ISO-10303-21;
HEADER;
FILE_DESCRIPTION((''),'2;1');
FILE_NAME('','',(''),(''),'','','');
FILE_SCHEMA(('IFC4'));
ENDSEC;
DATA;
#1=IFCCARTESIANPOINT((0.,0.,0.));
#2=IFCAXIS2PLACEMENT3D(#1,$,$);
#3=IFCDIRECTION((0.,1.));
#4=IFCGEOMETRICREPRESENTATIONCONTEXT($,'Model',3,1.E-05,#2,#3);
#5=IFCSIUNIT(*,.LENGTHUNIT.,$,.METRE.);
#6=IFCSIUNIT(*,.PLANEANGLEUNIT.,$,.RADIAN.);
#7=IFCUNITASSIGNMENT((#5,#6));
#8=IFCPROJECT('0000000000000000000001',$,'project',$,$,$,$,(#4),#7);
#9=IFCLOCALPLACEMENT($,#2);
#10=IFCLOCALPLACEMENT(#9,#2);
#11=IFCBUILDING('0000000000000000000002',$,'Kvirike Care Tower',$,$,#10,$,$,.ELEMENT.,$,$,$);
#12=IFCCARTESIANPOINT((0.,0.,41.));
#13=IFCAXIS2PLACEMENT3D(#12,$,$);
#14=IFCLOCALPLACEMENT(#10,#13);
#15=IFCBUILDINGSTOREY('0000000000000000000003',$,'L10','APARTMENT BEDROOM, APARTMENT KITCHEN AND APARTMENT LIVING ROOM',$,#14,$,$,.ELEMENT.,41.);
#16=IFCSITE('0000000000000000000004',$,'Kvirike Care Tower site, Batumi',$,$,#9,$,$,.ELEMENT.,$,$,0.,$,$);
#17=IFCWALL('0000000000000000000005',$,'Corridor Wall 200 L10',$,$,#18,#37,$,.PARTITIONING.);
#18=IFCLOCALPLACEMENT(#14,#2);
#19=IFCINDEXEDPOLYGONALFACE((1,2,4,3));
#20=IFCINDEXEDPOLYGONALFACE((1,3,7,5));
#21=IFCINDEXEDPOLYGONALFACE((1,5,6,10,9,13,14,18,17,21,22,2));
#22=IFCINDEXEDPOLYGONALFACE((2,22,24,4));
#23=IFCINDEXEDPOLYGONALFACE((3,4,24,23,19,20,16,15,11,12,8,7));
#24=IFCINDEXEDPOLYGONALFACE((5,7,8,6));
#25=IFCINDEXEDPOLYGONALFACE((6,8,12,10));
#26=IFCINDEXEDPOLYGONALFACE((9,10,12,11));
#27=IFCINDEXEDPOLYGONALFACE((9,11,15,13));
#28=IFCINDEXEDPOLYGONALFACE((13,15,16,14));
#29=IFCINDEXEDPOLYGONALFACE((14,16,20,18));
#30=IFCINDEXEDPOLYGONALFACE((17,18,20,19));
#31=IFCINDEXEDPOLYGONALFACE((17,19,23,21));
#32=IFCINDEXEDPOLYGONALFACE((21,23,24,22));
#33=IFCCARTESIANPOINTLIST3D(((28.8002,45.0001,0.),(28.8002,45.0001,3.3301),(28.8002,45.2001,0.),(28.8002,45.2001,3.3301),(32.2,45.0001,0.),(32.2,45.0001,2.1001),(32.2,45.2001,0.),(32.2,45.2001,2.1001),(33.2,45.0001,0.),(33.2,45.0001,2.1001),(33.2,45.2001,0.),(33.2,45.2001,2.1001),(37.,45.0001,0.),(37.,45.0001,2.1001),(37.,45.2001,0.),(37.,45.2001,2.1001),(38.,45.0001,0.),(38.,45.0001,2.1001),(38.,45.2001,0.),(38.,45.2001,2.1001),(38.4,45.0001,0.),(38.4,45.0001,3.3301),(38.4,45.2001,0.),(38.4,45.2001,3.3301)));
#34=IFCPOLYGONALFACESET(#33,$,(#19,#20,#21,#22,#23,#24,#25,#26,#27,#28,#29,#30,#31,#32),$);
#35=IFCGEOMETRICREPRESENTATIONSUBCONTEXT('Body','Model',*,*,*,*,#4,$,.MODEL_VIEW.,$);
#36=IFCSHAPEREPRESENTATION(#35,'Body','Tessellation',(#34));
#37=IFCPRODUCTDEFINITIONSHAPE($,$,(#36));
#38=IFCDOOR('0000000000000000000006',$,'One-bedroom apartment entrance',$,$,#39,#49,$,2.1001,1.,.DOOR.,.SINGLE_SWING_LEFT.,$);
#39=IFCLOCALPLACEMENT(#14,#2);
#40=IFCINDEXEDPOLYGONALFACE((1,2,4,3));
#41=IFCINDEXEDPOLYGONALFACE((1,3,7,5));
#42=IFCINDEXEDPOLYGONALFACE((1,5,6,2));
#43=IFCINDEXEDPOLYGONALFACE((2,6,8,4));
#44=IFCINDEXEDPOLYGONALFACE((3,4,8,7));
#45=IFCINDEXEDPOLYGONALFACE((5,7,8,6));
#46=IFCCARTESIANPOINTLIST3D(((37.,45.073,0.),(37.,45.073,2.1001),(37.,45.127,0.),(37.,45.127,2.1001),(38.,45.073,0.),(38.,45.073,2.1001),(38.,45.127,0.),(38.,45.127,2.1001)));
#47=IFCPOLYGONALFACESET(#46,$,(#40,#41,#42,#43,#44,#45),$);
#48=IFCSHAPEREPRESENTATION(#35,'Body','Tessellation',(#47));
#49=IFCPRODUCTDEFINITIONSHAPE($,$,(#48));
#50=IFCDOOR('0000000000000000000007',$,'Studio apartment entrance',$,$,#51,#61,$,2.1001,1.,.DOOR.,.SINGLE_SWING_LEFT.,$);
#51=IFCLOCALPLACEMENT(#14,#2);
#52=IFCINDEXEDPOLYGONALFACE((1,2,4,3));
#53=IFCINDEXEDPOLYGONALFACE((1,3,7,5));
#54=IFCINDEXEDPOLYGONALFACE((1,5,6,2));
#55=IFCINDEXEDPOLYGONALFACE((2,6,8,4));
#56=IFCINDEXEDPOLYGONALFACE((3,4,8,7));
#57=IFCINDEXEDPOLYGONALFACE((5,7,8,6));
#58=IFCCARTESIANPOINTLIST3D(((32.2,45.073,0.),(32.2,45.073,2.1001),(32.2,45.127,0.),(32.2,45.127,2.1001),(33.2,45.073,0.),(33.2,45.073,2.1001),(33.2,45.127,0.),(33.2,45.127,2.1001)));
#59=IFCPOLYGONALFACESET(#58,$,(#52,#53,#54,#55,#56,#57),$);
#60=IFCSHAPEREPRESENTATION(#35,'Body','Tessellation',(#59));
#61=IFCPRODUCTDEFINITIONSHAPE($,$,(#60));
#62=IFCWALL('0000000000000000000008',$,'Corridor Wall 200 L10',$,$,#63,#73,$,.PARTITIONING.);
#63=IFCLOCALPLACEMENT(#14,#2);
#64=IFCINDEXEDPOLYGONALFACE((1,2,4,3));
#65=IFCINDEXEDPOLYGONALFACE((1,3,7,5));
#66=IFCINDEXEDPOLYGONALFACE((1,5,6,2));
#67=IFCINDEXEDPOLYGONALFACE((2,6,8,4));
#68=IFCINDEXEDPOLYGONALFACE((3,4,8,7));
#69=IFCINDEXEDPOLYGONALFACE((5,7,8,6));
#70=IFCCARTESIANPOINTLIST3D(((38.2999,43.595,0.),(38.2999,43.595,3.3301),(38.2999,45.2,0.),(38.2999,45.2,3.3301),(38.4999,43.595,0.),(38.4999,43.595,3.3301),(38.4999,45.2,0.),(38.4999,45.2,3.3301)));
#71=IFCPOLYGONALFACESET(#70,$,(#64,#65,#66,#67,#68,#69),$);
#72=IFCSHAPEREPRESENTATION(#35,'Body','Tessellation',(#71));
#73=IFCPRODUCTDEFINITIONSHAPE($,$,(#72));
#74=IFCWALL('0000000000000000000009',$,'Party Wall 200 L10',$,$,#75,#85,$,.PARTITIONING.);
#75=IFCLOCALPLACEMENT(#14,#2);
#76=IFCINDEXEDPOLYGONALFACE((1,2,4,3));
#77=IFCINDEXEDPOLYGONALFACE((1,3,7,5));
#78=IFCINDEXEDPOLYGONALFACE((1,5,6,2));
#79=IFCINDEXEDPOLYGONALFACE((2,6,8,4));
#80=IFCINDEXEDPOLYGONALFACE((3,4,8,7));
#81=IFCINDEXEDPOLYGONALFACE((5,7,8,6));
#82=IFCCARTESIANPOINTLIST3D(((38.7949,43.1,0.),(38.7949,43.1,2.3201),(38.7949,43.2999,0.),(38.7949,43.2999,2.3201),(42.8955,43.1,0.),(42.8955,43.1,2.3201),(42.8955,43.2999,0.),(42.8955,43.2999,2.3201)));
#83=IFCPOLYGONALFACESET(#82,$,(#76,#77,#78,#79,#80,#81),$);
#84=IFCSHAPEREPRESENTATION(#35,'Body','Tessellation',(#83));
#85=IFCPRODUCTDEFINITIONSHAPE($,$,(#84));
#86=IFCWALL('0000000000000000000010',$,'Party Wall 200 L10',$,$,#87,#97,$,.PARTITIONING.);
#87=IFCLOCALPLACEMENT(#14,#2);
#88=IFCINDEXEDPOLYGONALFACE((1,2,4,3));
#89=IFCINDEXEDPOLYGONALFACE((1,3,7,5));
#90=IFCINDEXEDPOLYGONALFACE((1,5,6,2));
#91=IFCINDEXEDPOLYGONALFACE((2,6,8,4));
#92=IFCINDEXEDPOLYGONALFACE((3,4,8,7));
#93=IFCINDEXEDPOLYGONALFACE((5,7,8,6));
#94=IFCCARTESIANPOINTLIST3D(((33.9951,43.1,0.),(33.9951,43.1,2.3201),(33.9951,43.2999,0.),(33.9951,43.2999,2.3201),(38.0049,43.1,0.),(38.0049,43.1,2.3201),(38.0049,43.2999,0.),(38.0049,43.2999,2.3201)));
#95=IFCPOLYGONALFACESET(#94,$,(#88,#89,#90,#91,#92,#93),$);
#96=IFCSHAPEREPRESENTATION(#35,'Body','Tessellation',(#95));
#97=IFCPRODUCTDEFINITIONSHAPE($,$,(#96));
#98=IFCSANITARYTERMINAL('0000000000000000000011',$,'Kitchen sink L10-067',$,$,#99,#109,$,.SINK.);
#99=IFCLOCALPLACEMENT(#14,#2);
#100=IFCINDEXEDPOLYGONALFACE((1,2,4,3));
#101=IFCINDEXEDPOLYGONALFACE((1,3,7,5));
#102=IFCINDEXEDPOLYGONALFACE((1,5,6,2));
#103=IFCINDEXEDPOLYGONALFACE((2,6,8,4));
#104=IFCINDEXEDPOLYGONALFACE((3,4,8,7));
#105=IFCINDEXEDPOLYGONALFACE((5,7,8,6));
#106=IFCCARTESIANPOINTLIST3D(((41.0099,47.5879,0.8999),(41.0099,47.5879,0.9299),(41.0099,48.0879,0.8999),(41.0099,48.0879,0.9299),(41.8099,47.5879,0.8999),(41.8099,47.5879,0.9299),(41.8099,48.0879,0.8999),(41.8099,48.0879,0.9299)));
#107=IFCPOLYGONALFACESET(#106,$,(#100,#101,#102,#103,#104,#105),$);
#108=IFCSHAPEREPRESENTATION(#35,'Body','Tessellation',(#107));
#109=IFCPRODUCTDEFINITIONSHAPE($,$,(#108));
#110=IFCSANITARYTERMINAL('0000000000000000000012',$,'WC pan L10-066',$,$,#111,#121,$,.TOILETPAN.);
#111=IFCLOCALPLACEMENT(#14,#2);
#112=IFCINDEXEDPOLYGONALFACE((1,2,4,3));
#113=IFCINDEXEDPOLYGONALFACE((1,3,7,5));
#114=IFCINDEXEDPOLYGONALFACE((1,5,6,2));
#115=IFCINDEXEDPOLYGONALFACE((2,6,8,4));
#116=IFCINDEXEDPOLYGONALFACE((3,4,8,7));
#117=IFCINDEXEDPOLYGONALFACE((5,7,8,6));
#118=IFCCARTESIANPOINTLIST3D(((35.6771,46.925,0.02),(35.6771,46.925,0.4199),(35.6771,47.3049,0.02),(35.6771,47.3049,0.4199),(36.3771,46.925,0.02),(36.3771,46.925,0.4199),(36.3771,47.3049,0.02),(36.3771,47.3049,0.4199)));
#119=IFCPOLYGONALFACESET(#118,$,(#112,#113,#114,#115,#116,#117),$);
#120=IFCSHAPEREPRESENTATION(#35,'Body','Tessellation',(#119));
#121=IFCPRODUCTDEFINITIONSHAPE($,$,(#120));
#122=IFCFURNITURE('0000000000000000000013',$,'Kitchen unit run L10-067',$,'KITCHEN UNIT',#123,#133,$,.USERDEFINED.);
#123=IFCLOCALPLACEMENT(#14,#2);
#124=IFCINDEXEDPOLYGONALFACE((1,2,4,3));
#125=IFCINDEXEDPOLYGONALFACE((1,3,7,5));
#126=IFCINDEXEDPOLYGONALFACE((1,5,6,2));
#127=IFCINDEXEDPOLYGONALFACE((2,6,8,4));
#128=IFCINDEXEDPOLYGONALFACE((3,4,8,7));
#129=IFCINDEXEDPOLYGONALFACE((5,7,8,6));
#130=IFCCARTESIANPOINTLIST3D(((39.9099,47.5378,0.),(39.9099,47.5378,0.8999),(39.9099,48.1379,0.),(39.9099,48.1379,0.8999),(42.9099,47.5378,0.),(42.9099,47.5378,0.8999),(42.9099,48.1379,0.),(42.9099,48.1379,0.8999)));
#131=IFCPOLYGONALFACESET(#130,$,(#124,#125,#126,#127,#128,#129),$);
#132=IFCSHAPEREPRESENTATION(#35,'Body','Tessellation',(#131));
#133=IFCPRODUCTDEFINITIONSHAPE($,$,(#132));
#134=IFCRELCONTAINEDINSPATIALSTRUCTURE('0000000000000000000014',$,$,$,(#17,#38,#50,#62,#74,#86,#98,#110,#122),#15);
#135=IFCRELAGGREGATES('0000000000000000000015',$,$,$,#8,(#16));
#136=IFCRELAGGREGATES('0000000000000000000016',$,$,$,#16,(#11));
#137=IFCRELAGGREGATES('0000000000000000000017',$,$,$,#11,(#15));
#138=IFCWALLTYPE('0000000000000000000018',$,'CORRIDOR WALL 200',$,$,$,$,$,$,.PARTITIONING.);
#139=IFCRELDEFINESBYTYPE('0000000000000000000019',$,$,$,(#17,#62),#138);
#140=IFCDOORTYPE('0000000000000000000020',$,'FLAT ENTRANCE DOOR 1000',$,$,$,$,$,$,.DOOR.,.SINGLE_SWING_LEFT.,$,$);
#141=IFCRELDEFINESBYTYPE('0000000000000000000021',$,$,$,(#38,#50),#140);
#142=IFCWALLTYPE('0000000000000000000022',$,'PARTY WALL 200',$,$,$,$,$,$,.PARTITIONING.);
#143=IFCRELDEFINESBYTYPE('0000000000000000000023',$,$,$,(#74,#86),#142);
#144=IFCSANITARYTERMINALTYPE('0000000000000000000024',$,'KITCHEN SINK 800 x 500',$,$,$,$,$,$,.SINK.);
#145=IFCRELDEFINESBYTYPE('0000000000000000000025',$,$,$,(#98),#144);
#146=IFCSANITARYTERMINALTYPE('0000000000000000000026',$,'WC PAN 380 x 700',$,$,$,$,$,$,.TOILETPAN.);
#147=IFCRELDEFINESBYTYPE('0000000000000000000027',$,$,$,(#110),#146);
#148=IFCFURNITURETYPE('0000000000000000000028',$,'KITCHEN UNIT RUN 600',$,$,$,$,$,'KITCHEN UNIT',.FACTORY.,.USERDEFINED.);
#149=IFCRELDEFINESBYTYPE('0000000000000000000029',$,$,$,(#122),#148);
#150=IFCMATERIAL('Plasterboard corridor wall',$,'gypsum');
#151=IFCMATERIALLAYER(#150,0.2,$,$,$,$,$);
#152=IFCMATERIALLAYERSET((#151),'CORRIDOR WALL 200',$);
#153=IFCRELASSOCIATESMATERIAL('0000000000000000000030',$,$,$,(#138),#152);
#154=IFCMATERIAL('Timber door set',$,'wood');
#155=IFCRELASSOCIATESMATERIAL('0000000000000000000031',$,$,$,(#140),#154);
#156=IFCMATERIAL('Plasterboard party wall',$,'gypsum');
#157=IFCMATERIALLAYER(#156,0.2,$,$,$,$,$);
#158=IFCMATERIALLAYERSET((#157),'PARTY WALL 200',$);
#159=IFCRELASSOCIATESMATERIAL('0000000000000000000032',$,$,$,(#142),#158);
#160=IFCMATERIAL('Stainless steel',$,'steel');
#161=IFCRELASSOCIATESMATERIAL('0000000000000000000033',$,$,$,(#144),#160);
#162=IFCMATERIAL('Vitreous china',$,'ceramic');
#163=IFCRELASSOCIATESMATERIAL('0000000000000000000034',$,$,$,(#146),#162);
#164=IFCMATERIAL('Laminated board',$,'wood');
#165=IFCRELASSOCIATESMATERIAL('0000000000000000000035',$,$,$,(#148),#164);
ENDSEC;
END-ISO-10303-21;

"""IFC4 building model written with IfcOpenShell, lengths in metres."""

from ifc_helpers import new_model, si_unit, direction, frame, frame_2d, origin, origin_2d, place, context, subcontext, project, spatial, rectangle, extrude, material, layer, layer_set, type_object, element, fill, save


model = new_model("IFC4")

# Units and contexts
model_context = context("Model", 3, precision=1e-05, world=origin(), true_north=direction((0.0, 1.0)))
body_context = subcontext(model_context, "Body", "Model", "MODEL_VIEW")
ifc_project = project(units=[si_unit("LENGTHUNIT", "METRE"), si_unit("PLANEANGLEUNIT", "RADIAN")], contexts=[model_context])

# Site, building, storey
site_placement = place(None, origin())
site = spatial("IfcSite", under=ifc_project, at=site_placement, Name="Kvirike Care Tower site, Batumi", CompositionType="ELEMENT", RefElevation=0.0)
building_placement = place(site_placement, origin())
building = spatial("IfcBuilding", under=site, at=building_placement, Name="Kvirike Care Tower", CompositionType="ELEMENT")
storey_placement = place(building_placement, frame((0.0, 0.0, 41.0)))
storey = spatial("IfcBuildingStorey", under=building, at=storey_placement, Name="L10", Description="APARTMENT BEDROOM, APARTMENT KITCHEN AND APARTMENT LIVING ROOM", CompositionType="ELEMENT", Elevation=41.0)

# Wall, openings, doors
ifc_material_1 = material(Name="Plasterboard corridor wall", Category="gypsum")
ifc_layer_1 = layer(ifc_material_1, 0.2)
ifc_layer_set_1 = layer_set([ifc_layer_1], Name="CORRIDOR WALL 200")
wall_type_1 = type_object("IfcWallType", Name="CORRIDOR WALL 200", PredefinedType="PARTITIONING", material=ifc_layer_set_1)
wall_1_placement = place(storey_placement, frame((38.3999, 45.1001, 0.0), z_axis=(0.0, 0.0, 1.0), x_axis=(-1.0, 0.0, 0.0)))
wall_1 = element("IfcWall", 1, at=wall_1_placement, inside=storey, type_object=wall_type_1, Name="Corridor Wall 200 L10", PredefinedType="PARTITIONING", context=body_context, shape_type="SweptSolid", body=[
    extrude(rectangle(XDim=9.5999, YDim=0.2, at=frame_2d((4.7998, 0.0))), origin(), (0.0, 0.0, 1.0), 3.3301),
])
opening_1_placement = place(wall_1_placement, frame((0.3999, 0.0, 0.0)))
opening_1 = element("IfcOpeningElement", 2, at=opening_1_placement, cuts=wall_1, PredefinedType="OPENING", context=body_context, shape_type="SweptSolid", body=[
    extrude(rectangle(XDim=1.0, YDim=2.1001, at=frame_2d((0.5, 1.05))), frame((0.0, 0.1106, 0.0), z_axis=(0.0, -1.0, 0.0), x_axis=(1.0, 0.0, 0.0)), (0.0, 0.0, 1.0), 0.2209),
])
opening_2_placement = place(wall_1_placement, frame((5.2, 0.0, 0.0)))
opening_2 = element("IfcOpeningElement", 3, at=opening_2_placement, cuts=wall_1, PredefinedType="OPENING", context=body_context, shape_type="SweptSolid", body=[
    extrude(rectangle(XDim=1.0, YDim=2.1001, at=frame_2d((0.5, 1.05))), frame((0.0, 0.1106, 0.0), z_axis=(0.0, -1.0, 0.0), x_axis=(1.0, 0.0, 0.0)), (0.0, 0.0, 1.0), 0.2209),
])
ifc_material_2 = material(Name="Timber door set", Category="wood")
door_type_1 = type_object("IfcDoorType", Name="FLAT ENTRANCE DOOR 1000", OperationType="SINGLE_SWING_LEFT", PredefinedType="DOOR", material=ifc_material_2)
door_1_placement = place(opening_1_placement, frame((1.0, 0.0, 0.0), z_axis=(0.0, 0.0, 1.0), x_axis=(-1.0, 0.0, 0.0)))
door_1 = element("IfcDoor", 4, at=door_1_placement, inside=storey, type_object=door_type_1, Name="One-bedroom apartment entrance", OperationType="SINGLE_SWING_LEFT", OverallHeight=2.1001, OverallWidth=1.0, PredefinedType="DOOR", context=body_context, shape_type="SweptSolid", body=[
    extrude(rectangle(XDim=1.0, YDim=2.1001, at=frame_2d((0.5, 1.05))), frame((0.0, 0.0269, 0.0), z_axis=(0.0, -1.0, 0.0), x_axis=(1.0, 0.0, 0.0)), (0.0, 0.0, 1.0), 0.054),
])
fill(opening_1, door_1)
door_2_placement = place(opening_2_placement, frame((1.0, 0.0, 0.0), z_axis=(0.0, 0.0, 1.0), x_axis=(-1.0, 0.0, 0.0)))
door_2 = element("IfcDoor", 5, at=door_2_placement, inside=storey, type_object=door_type_1, Name="Studio apartment entrance", OperationType="SINGLE_SWING_LEFT", OverallHeight=2.1001, OverallWidth=1.0, PredefinedType="DOOR", context=body_context, shape_type="SweptSolid", body=[
    extrude(rectangle(XDim=1.0, YDim=2.1001, at=frame_2d((0.5, 1.05))), frame((0.0, 0.0269, 0.0), z_axis=(0.0, -1.0, 0.0), x_axis=(1.0, 0.0, 0.0)), (0.0, 0.0, 1.0), 0.054),
])
fill(opening_2, door_2)

# Walls
wall_2_placement = place(storey_placement, frame((38.3999, 45.2, 0.0), z_axis=(0.0, 0.0, 1.0), x_axis=(0.0, -1.0, 0.0)))
element("IfcWall", 6, at=wall_2_placement, inside=storey, type_object=wall_type_1, Name="Corridor Wall 200 L10", PredefinedType="PARTITIONING", context=body_context, shape_type="SweptSolid", body=[
    extrude(rectangle(XDim=1.605, YDim=0.2, at=frame_2d((0.8025, 0.0))), origin(), (0.0, 0.0, 1.0), 3.3301),
])
ifc_material_3 = material(Name="Plasterboard party wall", Category="gypsum")
ifc_layer_2 = layer(ifc_material_3, 0.2)
ifc_layer_set_2 = layer_set([ifc_layer_2], Name="PARTY WALL 200")
wall_type_2 = type_object("IfcWallType", Name="PARTY WALL 200", PredefinedType="PARTITIONING", material=ifc_layer_set_2)
wall_3_placement = place(storey_placement, frame((42.8955, 43.2, 0.0), z_axis=(0.0, 0.0, 1.0), x_axis=(-1.0, 0.0, 0.0)))
element("IfcWall", 7, at=wall_3_placement, inside=storey, type_object=wall_type_2, Name="Party Wall 200 L10", PredefinedType="PARTITIONING", context=body_context, shape_type="SweptSolid", body=[
    extrude(rectangle(XDim=4.1006, YDim=0.2, at=frame_2d((2.0503, 0.0))), origin(), (0.0, 0.0, 1.0), 2.3201),
])
wall_4_placement = place(storey_placement, frame((38.0049, 43.2, 0.0), z_axis=(0.0, 0.0, 1.0), x_axis=(-1.0, 0.0, 0.0)))
element("IfcWall", 8, at=wall_4_placement, inside=storey, type_object=wall_type_2, Name="Party Wall 200 L10", PredefinedType="PARTITIONING", context=body_context, shape_type="SweptSolid", body=[
    extrude(rectangle(XDim=4.0098, YDim=0.2, at=frame_2d((2.0049, 0.0))), origin(), (0.0, 0.0, 1.0), 2.3201),
])

# Sanitary terminals
ifc_material_4 = material(Name="Stainless steel", Category="steel")
sanitary_terminal_type_1 = type_object("IfcSanitaryTerminalType", Name="KITCHEN SINK 800 x 500", PredefinedType="SINK", material=ifc_material_4)
sanitary_terminal_1_placement = place(storey_placement, frame((41.4099, 47.8379, 0.8999), z_axis=(0.0, 0.0, 1.0), x_axis=(1.0, 0.0, 0.0)))
element("IfcSanitaryTerminal", 9, at=sanitary_terminal_1_placement, inside=storey, type_object=sanitary_terminal_type_1, Name="Kitchen sink L10-067", PredefinedType="SINK", context=body_context, shape_type="SweptSolid", body=[
    extrude(rectangle(XDim=0.8, YDim=0.5, at=origin_2d()), origin(), (0.0, 0.0, 1.0), 0.03),
])
ifc_material_5 = material(Name="Vitreous china", Category="ceramic")
sanitary_terminal_type_2 = type_object("IfcSanitaryTerminalType", Name="WC PAN 380 x 700", PredefinedType="TOILETPAN", material=ifc_material_5)
sanitary_terminal_2_placement = place(storey_placement, frame((36.0271, 47.115, 0.02), z_axis=(0.0, 0.0, 1.0), x_axis=(0.0, 1.0, 0.0)))
element("IfcSanitaryTerminal", 10, at=sanitary_terminal_2_placement, inside=storey, type_object=sanitary_terminal_type_2, Name="WC pan L10-066", PredefinedType="TOILETPAN", context=body_context, shape_type="SweptSolid", body=[
    extrude(rectangle(XDim=0.3799, YDim=0.7, at=origin_2d()), origin(), (0.0, 0.0, 1.0), 0.3999),
])

# Furniture
ifc_material_6 = material(Name="Laminated board", Category="wood")
furniture_type = type_object("IfcFurnitureType", Name="KITCHEN UNIT RUN 600", ElementType="KITCHEN UNIT", AssemblyPlace="FACTORY", PredefinedType="USERDEFINED", material=ifc_material_6)
furniture_placement = place(storey_placement, frame((41.4099, 47.8379, 0.0), z_axis=(0.0, 0.0, 1.0), x_axis=(1.0, 0.0, 0.0)))
element("IfcFurniture", 11, at=furniture_placement, inside=storey, type_object=furniture_type, Name="Kitchen unit run L10-067", ObjectType="KITCHEN UNIT", PredefinedType="USERDEFINED", context=body_context, shape_type="SweptSolid", body=[
    extrude(rectangle(XDim=3.0, YDim=0.6001, at=origin_2d()), origin(), (0.0, 0.0, 1.0), 0.8999),
])

save(model, "model.ifc")
